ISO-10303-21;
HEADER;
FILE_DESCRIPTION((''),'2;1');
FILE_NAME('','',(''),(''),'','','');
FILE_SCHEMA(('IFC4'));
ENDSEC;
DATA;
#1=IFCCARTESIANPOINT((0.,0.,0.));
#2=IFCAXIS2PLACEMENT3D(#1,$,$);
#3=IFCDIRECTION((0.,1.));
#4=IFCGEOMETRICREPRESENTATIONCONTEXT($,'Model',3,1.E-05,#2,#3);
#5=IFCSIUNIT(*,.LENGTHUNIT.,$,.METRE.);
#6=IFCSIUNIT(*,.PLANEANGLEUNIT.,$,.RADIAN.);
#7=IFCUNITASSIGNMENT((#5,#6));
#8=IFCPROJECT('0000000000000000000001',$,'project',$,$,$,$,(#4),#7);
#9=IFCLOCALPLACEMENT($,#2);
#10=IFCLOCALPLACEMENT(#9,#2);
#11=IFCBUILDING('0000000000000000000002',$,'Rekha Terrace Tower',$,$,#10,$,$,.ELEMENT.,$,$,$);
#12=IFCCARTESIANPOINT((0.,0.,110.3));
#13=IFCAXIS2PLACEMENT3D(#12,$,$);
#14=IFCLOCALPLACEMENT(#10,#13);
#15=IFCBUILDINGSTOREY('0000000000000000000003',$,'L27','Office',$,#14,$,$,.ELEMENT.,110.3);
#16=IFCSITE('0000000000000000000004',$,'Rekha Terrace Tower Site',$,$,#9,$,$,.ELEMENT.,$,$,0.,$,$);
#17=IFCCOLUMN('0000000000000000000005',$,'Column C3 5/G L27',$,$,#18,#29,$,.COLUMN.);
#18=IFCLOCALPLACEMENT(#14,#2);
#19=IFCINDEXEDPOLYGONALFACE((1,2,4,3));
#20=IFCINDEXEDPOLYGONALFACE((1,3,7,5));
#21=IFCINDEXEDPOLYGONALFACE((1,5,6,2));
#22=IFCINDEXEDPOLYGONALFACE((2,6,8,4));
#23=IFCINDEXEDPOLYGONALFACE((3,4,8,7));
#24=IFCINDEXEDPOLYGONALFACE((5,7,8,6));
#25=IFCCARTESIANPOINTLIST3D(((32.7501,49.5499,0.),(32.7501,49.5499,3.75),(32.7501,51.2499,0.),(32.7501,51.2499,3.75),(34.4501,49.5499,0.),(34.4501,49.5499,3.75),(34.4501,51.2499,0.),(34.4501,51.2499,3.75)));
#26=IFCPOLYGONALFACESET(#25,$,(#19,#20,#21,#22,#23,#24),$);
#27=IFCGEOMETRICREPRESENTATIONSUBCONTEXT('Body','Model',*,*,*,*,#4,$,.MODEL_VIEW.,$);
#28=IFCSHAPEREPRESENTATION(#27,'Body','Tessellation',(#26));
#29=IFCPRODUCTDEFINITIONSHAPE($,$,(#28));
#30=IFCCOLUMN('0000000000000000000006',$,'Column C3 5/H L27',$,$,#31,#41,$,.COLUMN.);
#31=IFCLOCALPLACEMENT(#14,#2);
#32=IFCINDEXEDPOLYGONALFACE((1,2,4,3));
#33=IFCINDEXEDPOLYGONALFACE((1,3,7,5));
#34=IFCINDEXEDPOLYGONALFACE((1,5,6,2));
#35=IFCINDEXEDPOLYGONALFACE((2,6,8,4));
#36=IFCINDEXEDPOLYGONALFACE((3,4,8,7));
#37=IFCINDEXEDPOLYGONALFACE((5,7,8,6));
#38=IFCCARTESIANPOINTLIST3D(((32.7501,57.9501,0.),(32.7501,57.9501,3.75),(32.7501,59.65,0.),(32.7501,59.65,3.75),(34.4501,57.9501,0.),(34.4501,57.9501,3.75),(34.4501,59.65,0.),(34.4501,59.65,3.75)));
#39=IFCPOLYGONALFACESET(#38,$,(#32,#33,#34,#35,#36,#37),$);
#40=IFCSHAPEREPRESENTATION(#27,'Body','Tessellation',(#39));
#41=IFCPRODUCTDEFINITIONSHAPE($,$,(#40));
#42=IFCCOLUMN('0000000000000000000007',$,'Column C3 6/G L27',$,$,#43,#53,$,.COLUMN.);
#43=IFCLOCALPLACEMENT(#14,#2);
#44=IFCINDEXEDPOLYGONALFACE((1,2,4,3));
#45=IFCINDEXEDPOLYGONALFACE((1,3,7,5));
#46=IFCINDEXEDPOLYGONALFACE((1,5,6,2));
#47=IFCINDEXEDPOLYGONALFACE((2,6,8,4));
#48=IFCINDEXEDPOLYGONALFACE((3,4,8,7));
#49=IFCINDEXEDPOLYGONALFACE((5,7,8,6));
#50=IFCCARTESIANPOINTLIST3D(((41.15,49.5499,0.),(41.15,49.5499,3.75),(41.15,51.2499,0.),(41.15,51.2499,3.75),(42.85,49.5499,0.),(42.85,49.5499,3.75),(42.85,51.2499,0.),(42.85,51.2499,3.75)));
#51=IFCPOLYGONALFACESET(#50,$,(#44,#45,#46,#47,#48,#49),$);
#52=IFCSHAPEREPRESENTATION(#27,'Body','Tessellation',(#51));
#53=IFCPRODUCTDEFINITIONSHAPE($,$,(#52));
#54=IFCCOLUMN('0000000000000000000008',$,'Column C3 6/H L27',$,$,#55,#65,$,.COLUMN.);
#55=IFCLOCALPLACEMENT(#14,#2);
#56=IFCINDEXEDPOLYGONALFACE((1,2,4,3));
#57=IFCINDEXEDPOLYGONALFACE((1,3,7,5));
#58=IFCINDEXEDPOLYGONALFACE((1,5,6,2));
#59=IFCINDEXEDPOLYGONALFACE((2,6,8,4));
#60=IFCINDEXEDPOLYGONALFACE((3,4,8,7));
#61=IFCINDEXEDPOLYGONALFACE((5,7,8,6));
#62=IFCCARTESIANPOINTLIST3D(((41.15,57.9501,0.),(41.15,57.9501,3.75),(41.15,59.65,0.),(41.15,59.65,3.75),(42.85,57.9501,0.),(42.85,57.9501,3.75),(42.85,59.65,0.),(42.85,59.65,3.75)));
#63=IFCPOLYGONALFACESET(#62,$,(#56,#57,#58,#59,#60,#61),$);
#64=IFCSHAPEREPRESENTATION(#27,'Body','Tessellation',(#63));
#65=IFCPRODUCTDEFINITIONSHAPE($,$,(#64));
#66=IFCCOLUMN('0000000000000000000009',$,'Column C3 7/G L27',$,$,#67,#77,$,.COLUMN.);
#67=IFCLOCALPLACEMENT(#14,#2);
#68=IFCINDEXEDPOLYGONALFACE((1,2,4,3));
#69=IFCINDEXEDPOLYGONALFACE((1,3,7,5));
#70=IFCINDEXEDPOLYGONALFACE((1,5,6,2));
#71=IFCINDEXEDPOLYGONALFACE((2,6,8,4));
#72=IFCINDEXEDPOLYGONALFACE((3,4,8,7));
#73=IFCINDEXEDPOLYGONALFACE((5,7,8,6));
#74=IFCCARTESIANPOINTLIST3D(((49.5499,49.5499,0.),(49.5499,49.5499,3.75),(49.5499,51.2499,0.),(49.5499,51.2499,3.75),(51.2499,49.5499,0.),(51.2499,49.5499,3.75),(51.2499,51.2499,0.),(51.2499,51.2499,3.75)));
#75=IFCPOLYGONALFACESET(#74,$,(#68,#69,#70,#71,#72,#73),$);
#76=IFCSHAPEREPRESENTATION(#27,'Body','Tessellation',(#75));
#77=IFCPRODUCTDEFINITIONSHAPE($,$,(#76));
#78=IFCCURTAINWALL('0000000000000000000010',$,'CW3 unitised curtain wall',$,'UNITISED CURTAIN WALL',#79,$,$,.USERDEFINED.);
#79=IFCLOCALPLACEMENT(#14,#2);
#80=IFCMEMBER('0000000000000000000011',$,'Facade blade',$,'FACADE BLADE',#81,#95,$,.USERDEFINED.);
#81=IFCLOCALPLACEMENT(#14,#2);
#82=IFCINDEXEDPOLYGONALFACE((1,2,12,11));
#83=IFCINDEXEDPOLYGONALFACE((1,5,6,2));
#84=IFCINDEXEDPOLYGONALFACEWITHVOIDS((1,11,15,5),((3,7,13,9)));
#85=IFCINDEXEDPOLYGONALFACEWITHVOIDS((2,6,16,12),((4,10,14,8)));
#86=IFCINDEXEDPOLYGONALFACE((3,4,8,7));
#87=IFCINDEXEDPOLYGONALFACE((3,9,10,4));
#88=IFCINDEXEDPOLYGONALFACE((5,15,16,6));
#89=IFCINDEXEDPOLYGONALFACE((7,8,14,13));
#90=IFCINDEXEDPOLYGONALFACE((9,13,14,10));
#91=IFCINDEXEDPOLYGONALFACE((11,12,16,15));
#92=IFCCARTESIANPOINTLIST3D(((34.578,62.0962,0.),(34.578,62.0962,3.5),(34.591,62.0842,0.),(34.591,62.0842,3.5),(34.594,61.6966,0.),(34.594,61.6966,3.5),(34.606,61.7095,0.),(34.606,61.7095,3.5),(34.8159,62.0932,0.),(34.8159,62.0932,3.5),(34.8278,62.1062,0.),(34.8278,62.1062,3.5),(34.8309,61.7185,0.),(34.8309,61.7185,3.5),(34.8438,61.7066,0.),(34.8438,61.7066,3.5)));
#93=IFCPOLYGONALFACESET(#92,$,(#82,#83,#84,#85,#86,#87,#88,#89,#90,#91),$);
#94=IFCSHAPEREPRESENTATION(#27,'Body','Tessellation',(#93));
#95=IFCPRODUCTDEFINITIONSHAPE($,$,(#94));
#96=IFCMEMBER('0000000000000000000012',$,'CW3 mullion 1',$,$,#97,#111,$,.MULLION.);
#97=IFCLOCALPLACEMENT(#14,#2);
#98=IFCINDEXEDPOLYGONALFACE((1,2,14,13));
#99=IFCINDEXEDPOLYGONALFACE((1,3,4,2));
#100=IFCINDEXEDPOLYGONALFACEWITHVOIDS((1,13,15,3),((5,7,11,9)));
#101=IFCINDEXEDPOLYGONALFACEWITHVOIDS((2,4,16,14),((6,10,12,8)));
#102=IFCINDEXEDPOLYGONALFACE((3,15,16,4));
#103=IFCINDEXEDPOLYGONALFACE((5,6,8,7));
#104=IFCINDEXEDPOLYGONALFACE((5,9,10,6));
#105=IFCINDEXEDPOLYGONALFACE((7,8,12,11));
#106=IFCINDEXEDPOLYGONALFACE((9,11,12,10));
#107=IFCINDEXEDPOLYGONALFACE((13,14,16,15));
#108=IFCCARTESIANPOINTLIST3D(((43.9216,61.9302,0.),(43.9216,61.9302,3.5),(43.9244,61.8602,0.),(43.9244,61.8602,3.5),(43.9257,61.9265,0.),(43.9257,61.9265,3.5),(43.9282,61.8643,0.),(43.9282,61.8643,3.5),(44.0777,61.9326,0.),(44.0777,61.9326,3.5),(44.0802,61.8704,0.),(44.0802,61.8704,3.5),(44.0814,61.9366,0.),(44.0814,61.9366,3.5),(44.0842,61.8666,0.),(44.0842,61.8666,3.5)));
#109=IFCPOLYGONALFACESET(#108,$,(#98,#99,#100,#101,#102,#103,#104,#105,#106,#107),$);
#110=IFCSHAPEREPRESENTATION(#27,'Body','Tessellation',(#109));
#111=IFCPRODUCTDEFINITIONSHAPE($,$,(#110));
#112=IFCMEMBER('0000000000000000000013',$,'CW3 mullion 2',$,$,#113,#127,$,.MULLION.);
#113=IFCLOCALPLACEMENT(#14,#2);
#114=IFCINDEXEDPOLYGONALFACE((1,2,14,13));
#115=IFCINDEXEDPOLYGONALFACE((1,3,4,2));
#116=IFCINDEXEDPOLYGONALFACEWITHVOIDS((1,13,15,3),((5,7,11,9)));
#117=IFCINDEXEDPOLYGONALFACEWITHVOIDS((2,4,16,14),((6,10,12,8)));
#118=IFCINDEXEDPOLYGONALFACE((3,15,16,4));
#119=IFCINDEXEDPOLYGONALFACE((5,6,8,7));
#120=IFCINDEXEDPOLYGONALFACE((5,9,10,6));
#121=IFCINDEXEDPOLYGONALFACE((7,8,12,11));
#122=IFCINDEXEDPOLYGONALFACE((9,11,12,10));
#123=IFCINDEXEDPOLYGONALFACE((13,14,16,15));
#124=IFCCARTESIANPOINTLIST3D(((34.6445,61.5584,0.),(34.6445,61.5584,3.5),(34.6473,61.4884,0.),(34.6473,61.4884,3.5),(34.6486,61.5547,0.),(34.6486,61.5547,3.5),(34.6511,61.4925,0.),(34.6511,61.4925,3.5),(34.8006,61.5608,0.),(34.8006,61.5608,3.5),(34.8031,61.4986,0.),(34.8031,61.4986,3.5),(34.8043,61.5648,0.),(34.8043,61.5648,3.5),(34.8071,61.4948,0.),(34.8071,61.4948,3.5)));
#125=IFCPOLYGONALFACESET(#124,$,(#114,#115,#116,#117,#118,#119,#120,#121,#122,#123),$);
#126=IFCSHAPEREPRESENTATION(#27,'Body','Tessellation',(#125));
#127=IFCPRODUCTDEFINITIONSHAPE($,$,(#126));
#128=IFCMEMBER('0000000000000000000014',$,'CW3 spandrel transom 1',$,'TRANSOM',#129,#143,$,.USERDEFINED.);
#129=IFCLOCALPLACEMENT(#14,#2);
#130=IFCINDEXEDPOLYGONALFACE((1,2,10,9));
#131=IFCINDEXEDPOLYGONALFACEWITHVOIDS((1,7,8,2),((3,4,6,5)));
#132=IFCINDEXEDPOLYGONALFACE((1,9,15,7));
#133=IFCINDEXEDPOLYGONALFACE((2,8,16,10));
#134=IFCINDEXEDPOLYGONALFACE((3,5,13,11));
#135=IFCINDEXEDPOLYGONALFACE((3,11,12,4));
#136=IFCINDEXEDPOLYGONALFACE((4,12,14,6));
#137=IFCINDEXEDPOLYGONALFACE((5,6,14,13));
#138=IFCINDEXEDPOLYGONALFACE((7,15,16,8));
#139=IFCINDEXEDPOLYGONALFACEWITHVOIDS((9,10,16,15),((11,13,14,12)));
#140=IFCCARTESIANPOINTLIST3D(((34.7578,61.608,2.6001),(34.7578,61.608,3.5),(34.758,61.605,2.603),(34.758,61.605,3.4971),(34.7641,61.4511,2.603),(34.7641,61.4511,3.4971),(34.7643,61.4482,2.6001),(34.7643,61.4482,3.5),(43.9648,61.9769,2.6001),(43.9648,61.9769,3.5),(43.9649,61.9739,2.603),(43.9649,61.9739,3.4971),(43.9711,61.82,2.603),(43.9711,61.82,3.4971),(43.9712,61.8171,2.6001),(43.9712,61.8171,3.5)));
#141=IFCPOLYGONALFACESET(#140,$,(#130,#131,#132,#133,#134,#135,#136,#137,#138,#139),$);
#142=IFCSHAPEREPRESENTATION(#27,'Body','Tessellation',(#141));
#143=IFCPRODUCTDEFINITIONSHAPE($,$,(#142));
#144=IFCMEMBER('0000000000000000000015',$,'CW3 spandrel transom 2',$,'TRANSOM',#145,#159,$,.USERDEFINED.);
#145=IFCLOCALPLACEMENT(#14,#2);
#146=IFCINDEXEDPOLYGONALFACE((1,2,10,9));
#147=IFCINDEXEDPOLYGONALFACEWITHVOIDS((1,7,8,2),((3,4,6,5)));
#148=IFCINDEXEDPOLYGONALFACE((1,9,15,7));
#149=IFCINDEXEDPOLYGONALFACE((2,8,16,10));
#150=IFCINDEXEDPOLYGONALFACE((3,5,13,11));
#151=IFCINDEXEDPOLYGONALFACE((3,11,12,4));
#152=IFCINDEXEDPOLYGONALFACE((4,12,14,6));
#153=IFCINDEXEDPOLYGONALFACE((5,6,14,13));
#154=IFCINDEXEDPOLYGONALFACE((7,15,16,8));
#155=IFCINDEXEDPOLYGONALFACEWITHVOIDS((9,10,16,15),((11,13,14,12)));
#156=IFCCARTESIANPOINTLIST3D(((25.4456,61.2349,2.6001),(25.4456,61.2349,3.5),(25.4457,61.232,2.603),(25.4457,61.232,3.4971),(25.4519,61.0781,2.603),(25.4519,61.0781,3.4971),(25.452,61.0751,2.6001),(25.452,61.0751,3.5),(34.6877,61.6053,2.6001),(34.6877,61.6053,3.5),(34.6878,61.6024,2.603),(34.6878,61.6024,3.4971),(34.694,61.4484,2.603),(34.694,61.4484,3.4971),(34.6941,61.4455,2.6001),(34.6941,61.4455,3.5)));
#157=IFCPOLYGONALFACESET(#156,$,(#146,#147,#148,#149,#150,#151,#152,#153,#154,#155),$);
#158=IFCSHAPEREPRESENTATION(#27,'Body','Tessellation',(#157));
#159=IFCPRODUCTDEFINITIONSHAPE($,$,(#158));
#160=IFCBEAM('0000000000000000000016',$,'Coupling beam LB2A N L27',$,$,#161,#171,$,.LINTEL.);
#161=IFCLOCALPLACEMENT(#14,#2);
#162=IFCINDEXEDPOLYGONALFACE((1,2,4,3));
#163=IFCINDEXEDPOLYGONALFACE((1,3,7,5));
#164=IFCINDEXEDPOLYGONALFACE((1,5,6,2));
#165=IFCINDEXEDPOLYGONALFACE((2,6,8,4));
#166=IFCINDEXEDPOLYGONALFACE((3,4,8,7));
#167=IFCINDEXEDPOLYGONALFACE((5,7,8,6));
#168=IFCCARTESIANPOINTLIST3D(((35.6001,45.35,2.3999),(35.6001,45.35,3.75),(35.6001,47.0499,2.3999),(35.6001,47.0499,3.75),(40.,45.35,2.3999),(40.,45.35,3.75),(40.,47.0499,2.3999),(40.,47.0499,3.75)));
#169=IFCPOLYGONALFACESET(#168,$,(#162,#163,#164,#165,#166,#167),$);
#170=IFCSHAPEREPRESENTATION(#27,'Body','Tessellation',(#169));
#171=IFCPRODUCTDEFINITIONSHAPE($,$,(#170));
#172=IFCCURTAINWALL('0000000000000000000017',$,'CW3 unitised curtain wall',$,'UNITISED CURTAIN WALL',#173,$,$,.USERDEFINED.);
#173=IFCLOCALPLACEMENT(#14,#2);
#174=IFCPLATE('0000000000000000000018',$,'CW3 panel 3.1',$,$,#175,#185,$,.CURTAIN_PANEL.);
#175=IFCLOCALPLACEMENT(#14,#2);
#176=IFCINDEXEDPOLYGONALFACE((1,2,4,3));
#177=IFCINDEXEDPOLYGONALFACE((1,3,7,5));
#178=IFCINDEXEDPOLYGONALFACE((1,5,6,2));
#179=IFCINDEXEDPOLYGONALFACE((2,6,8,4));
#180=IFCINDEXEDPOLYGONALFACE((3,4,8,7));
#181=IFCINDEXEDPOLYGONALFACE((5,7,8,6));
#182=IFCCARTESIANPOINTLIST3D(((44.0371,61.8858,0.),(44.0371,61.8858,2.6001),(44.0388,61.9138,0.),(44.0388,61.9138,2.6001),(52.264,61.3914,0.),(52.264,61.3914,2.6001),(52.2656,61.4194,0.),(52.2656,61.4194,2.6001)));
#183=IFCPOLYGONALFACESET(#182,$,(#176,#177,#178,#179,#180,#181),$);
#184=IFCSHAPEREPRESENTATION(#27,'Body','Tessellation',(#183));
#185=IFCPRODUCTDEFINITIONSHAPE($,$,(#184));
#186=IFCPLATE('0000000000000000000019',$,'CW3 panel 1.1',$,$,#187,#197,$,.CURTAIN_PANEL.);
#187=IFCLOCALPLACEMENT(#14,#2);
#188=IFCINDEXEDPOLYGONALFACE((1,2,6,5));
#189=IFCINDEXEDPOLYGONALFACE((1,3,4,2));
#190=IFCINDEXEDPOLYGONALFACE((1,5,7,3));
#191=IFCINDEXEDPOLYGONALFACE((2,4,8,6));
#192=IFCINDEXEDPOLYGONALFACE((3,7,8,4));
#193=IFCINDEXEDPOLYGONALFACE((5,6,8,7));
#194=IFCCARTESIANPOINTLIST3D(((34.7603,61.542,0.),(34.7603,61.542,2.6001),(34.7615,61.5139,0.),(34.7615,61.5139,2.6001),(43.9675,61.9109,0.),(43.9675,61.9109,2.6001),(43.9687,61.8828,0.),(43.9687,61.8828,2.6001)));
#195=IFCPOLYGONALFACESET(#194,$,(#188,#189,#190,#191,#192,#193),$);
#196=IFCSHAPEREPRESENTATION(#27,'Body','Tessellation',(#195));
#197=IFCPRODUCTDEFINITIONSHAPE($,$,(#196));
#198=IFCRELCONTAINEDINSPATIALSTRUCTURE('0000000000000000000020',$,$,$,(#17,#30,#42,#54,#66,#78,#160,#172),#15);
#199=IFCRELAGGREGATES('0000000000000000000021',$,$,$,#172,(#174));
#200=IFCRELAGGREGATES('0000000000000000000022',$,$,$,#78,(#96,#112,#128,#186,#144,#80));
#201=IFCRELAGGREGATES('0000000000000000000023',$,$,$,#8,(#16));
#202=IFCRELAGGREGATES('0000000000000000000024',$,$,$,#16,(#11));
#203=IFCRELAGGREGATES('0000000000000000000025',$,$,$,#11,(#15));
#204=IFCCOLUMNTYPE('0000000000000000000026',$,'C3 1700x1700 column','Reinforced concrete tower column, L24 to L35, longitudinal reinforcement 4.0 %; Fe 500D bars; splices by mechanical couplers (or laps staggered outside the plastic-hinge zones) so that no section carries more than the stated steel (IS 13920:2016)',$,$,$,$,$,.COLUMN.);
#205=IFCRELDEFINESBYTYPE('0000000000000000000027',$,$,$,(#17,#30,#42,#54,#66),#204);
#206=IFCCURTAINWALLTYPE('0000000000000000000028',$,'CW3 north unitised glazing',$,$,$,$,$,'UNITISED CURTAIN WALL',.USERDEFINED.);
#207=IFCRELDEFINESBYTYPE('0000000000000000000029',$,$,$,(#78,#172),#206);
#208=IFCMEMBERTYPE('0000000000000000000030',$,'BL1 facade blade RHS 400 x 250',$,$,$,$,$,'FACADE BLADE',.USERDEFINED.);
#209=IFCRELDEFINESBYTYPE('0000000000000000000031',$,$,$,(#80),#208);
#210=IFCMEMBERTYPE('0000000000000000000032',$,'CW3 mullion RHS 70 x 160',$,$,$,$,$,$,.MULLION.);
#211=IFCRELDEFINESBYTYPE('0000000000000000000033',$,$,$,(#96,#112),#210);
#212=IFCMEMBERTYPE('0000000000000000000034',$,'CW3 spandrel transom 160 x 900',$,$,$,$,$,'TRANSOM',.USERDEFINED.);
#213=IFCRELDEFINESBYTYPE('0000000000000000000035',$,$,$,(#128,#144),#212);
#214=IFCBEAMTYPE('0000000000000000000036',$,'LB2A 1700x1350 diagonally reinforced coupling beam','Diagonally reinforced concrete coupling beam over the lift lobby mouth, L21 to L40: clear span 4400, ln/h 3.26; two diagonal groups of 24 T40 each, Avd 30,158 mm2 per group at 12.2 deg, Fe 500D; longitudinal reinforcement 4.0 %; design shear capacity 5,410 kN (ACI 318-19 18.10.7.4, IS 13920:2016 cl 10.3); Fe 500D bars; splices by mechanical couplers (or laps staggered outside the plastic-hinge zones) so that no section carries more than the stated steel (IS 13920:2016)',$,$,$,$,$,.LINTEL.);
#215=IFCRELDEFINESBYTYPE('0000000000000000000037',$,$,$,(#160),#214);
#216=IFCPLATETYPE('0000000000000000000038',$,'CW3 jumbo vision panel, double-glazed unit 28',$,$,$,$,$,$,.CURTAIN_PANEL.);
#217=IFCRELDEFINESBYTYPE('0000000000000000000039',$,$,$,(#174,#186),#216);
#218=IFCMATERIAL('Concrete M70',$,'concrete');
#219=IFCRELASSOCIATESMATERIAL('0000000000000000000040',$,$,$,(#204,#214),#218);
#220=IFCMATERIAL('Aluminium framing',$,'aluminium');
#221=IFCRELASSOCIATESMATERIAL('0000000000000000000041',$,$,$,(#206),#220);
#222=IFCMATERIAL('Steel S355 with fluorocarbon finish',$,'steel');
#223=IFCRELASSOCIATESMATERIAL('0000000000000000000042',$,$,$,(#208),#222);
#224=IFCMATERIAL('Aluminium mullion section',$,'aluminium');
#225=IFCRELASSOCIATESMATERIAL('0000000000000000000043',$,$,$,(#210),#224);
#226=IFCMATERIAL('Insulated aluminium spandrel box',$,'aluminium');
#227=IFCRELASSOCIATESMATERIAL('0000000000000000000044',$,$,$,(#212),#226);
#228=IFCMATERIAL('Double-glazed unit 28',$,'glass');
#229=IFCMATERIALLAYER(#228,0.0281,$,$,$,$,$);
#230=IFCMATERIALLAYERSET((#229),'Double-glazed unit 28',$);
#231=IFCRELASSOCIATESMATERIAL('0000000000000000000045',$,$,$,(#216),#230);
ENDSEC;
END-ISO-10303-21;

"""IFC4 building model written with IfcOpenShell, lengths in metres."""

from ifc_helpers import new_model, si_unit, direction, frame, origin, origin_2d, place, context, subcontext, project, spatial, rectangle, hollow_rectangle, extrude, material, layer, layer_set, material_profile, profile_set, type_object, element, aggregate, save


model = new_model("IFC4")

# Units and contexts
model_context = context("Model", 3, precision=1e-05, world=origin(), true_north=direction((0.0, 1.0)))
body_context = subcontext(model_context, "Body", "Model", "MODEL_VIEW")
ifc_project = project(units=[si_unit("LENGTHUNIT", "METRE"), si_unit("PLANEANGLEUNIT", "RADIAN")], contexts=[model_context])

# Site, building, storey
site_placement = place(None, origin())
site = spatial("IfcSite", under=ifc_project, at=site_placement, Name="Rekha Terrace Tower Site", CompositionType="ELEMENT", RefElevation=0.0)
building_placement = place(site_placement, origin())
building = spatial("IfcBuilding", under=site, at=building_placement, Name="Rekha Terrace Tower", CompositionType="ELEMENT")
storey_placement = place(building_placement, frame((0.0, 0.0, 110.3)))
storey = spatial("IfcBuildingStorey", under=building, at=storey_placement, Name="L27", Description="Office", CompositionType="ELEMENT", Elevation=110.3)

# Columns
ifc_material_1 = material(Name="Concrete M70", Category="concrete")
ifc_material_profile_1 = material_profile(ifc_material_1, rectangle(XDim=1.7, YDim=1.7, at=origin_2d()), Name="RC 1700x1700")
ifc_profile_set_1 = profile_set([ifc_material_profile_1], Name="Concrete M70")
column_type = type_object("IfcColumnType", Name="C3 1700x1700 column", Description="Reinforced concrete tower column, L24 to L35, longitudinal reinforcement 4.0 %; Fe 500D bars; splices by mechanical couplers (or laps staggered outside the plastic-hinge zones) so that no section carries more than the stated steel (IS 13920:2016)", PredefinedType="COLUMN", material=ifc_profile_set_1)
for number, where, z_axis, x_axis, name in (
    (1, (33.6001, 50.3999, 0.0), (0.0, 0.0, 1.0), (1.0, 0.0, 0.0), "Column C3 5/G L27"),
    (2, (33.6001, 58.8, 0.0), (0.0, 0.0, 1.0), (1.0, 0.0, 0.0), "Column C3 5/H L27"),
    (3, (42.0, 50.3999, 0.0), (0.0, 0.0, 1.0), (1.0, 0.0, 0.0), "Column C3 6/G L27"),
    (4, (42.0, 58.8, 0.0), (0.0, 0.0, 1.0), (1.0, 0.0, 0.0), "Column C3 6/H L27"),
    (5, (50.3999, 50.3999, 0.0), (0.0, 0.0, 1.0), (1.0, 0.0, 0.0), "Column C3 7/G L27"),
):
    element("IfcColumn", number, at=place(storey_placement, frame(where, z_axis=z_axis, x_axis=x_axis)), inside=storey, type_object=column_type, Name=name, PredefinedType="COLUMN", context=body_context, shape_type="SweptSolid", body=[
        extrude(rectangle(XDim=1.7, YDim=1.7, at=origin_2d()), origin(), (0.0, 0.0, 1.0), 3.75),
    ])

# Curtain wall, members
ifc_material_2 = material(Name="Aluminium framing", Category="aluminium")
curtain_wall_type = type_object("IfcCurtainWallType", Name="CW3 north unitised glazing", ElementType="UNITISED CURTAIN WALL", PredefinedType="USERDEFINED", material=ifc_material_2)
curtain_wall_1_placement = place(storey_placement, origin())
curtain_wall_1 = element("IfcCurtainWall", 6, at=curtain_wall_1_placement, inside=storey, type_object=curtain_wall_type, Name="CW3 unitised curtain wall", ObjectType="UNITISED CURTAIN WALL", PredefinedType="USERDEFINED")
ifc_material_3 = material(Name="Steel S355 with fluorocarbon finish", Category="steel")
ifc_material_profile_2 = material_profile(ifc_material_3, hollow_rectangle(XDim=0.25, YDim=0.3999, WallThickness=0.0125, at=origin_2d()), Name="RHS400x250x12.5")
ifc_profile_set_2 = profile_set([ifc_material_profile_2], Name="Steel S355 with fluorocarbon finish")
member_type_1 = type_object("IfcMemberType", Name="BL1 facade blade RHS 400 x 250", ElementType="FACADE BLADE", PredefinedType="USERDEFINED", material=ifc_profile_set_2)
member_1_placement = place(storey_placement, frame((34.7109, 61.9014, 0.0), z_axis=(0.0, 0.0, 1.0), x_axis=(-0.999198, -0.040032, 0.0)))
member_1 = element("IfcMember", 7, at=member_1_placement, type_object=member_type_1, Name="Facade blade", ObjectType="FACADE BLADE", PredefinedType="USERDEFINED", context=body_context, shape_type="SweptSolid", body=[
    extrude(hollow_rectangle(XDim=0.25, YDim=0.3999, WallThickness=0.0125, at=origin_2d()), origin(), (0.0, 0.0, 1.0), 3.5),
])
ifc_material_4 = material(Name="Aluminium mullion section", Category="aluminium")
ifc_material_profile_3 = material_profile(ifc_material_4, hollow_rectangle(XDim=0.0701, YDim=0.1599, WallThickness=0.0039, at=origin_2d()), Name="AL RHS 70x160")
ifc_profile_set_3 = profile_set([ifc_material_profile_3], Name="Aluminium mullion section")
member_type_2 = type_object("IfcMemberType", Name="CW3 mullion RHS 70 x 160", PredefinedType="MULLION", material=ifc_profile_set_3)
member_2_placement = place(storey_placement, frame((44.0029, 61.8984, 0.0), z_axis=(0.0, 0.0, 1.0), x_axis=(0.040032, -0.999198, 0.0)))
member_2 = element("IfcMember", 8, at=member_2_placement, type_object=member_type_2, Name="CW3 mullion 1", PredefinedType="MULLION", context=body_context, shape_type="SweptSolid", body=[
    extrude(hollow_rectangle(XDim=0.0701, YDim=0.1599, WallThickness=0.0039, at=origin_2d()), origin(), (0.0, 0.0, 1.0), 3.5),
])
member_3_placement = place(storey_placement, frame((34.7258, 61.5266, 0.0), z_axis=(0.0, 0.0, 1.0), x_axis=(0.040032, -0.999198, 0.0)))
member_3 = element("IfcMember", 9, at=member_3_placement, type_object=member_type_2, Name="CW3 mullion 2", PredefinedType="MULLION", context=body_context, shape_type="SweptSolid", body=[
    extrude(hollow_rectangle(XDim=0.0701, YDim=0.1599, WallThickness=0.0039, at=origin_2d()), origin(), (0.0, 0.0, 1.0), 3.5),
])
ifc_material_5 = material(Name="Insulated aluminium spandrel box", Category="aluminium")
ifc_material_profile_4 = material_profile(ifc_material_5, hollow_rectangle(XDim=0.1599, YDim=0.8999, WallThickness=0.0029, at=origin_2d()), Name="AL SPANDREL BOX 160x900")
ifc_profile_set_4 = profile_set([ifc_material_profile_4], Name="Insulated aluminium spandrel box")
member_type_3 = type_object("IfcMemberType", Name="CW3 spandrel transom 160 x 900", ElementType="TRANSOM", PredefinedType="USERDEFINED", material=ifc_profile_set_4)
member_4_placement = place(storey_placement, frame((43.968, 61.897, 3.05), z_axis=(-0.999198, -0.040035, 0.0), x_axis=(0.040035, -0.999198, 0.0)))
member_4 = element("IfcMember", 10, at=member_4_placement, type_object=member_type_3, Name="CW3 spandrel transom 1", ObjectType="TRANSOM", PredefinedType="USERDEFINED", context=body_context, shape_type="SweptSolid", body=[
    extrude(hollow_rectangle(XDim=0.1599, YDim=0.8999, WallThickness=0.0029, at=origin_2d()), origin(), (0.0, 0.0, 1.0), 9.2144),
])
member_5_placement = place(storey_placement, frame((34.6909, 61.5254, 3.05), z_axis=(-0.999198, -0.040041, 0.0), x_axis=(0.040041, -0.999198, 0.0)))
member_5 = element("IfcMember", 11, at=member_5_placement, type_object=member_type_3, Name="CW3 spandrel transom 2", ObjectType="TRANSOM", PredefinedType="USERDEFINED", context=body_context, shape_type="SweptSolid", body=[
    extrude(hollow_rectangle(XDim=0.1599, YDim=0.8999, WallThickness=0.0029, at=origin_2d()), origin(), (0.0, 0.0, 1.0), 9.2495),
])

# Beam
ifc_material_profile_5 = material_profile(ifc_material_1, rectangle(XDim=1.7, YDim=1.3501, at=origin_2d()), Name="RC 1700x1350")
ifc_profile_set_5 = profile_set([ifc_material_profile_5], Name="Concrete M70")
beam_type = type_object("IfcBeamType", Name="LB2A 1700x1350 diagonally reinforced coupling beam", Description="Diagonally reinforced concrete coupling beam over the lift lobby mouth, L21 to L40: clear span 4400, ln/h 3.26; two diagonal groups of 24 T40 each, Avd 30,158 mm2 per group at 12.2 deg, Fe 500D; longitudinal reinforcement 4.0 %; design shear capacity 5,410 kN (ACI 318-19 18.10.7.4, IS 13920:2016 cl 10.3); Fe 500D bars; splices by mechanical couplers (or laps staggered outside the plastic-hinge zones) so that no section carries more than the stated steel (IS 13920:2016)", PredefinedType="LINTEL", material=ifc_profile_set_5)
beam_placement = place(storey_placement, frame((35.6001, 46.2, 3.075), z_axis=(1.0, 0.0, 0.0), x_axis=(0.0, 1.0, 0.0)))
element("IfcBeam", 12, at=beam_placement, inside=storey, type_object=beam_type, Name="Coupling beam LB2A N L27", PredefinedType="LINTEL", context=body_context, shape_type="SweptSolid", body=[
    extrude(rectangle(XDim=1.7, YDim=1.3501, at=origin_2d()), origin(), (0.0, 0.0, 1.0), 4.3999),
])

# Curtain wall, plate
curtain_wall_2_placement = place(storey_placement, origin())
curtain_wall_2 = element("IfcCurtainWall", 13, at=curtain_wall_2_placement, inside=storey, type_object=curtain_wall_type, Name="CW3 unitised curtain wall", ObjectType="UNITISED CURTAIN WALL", PredefinedType="USERDEFINED")
ifc_material_6 = material(Name="Double-glazed unit 28", Category="glass")
ifc_layer_1 = layer(ifc_material_6, 0.0281)
ifc_layer_set_1 = layer_set([ifc_layer_1], Name="Double-glazed unit 28")
plate_type = type_object("IfcPlateType", Name="CW3 jumbo vision panel, double-glazed unit 28", PredefinedType="CURTAIN_PANEL", material=ifc_layer_set_1)
plate_1_placement = place(storey_placement, frame((48.1514, 61.6526, 0.0), z_axis=(0.0, 0.0, 1.0), x_axis=(-0.998199, 0.059988, 0.0)))
plate_1 = element("IfcPlate", 14, at=plate_1_placement, type_object=plate_type, Name="CW3 panel 3.1", PredefinedType="CURTAIN_PANEL", context=body_context, shape_type="SweptSolid", body=[
    extrude(rectangle(XDim=8.2417, YDim=0.0281, at=origin_2d()), origin(), (0.0, 0.0, 1.0), 2.6001),
])
aggregate(curtain_wall_2, [plate_1])

# Plate
plate_2_placement = place(storey_placement, frame((39.3645, 61.7124, 0.0), z_axis=(0.0, 0.0, 1.0), x_axis=(-0.999198, -0.040032, 0.0)))
plate_2 = element("IfcPlate", 15, at=plate_2_placement, type_object=plate_type, Name="CW3 panel 1.1", PredefinedType="CURTAIN_PANEL", context=body_context, shape_type="SweptSolid", body=[
    extrude(rectangle(XDim=9.2146, YDim=0.0281, at=origin_2d()), origin(), (0.0, 0.0, 1.0), 2.6001),
])
aggregate(curtain_wall_1, [member_2, member_3, member_4, plate_2, member_5, member_1])

save(model, "model.ifc")
